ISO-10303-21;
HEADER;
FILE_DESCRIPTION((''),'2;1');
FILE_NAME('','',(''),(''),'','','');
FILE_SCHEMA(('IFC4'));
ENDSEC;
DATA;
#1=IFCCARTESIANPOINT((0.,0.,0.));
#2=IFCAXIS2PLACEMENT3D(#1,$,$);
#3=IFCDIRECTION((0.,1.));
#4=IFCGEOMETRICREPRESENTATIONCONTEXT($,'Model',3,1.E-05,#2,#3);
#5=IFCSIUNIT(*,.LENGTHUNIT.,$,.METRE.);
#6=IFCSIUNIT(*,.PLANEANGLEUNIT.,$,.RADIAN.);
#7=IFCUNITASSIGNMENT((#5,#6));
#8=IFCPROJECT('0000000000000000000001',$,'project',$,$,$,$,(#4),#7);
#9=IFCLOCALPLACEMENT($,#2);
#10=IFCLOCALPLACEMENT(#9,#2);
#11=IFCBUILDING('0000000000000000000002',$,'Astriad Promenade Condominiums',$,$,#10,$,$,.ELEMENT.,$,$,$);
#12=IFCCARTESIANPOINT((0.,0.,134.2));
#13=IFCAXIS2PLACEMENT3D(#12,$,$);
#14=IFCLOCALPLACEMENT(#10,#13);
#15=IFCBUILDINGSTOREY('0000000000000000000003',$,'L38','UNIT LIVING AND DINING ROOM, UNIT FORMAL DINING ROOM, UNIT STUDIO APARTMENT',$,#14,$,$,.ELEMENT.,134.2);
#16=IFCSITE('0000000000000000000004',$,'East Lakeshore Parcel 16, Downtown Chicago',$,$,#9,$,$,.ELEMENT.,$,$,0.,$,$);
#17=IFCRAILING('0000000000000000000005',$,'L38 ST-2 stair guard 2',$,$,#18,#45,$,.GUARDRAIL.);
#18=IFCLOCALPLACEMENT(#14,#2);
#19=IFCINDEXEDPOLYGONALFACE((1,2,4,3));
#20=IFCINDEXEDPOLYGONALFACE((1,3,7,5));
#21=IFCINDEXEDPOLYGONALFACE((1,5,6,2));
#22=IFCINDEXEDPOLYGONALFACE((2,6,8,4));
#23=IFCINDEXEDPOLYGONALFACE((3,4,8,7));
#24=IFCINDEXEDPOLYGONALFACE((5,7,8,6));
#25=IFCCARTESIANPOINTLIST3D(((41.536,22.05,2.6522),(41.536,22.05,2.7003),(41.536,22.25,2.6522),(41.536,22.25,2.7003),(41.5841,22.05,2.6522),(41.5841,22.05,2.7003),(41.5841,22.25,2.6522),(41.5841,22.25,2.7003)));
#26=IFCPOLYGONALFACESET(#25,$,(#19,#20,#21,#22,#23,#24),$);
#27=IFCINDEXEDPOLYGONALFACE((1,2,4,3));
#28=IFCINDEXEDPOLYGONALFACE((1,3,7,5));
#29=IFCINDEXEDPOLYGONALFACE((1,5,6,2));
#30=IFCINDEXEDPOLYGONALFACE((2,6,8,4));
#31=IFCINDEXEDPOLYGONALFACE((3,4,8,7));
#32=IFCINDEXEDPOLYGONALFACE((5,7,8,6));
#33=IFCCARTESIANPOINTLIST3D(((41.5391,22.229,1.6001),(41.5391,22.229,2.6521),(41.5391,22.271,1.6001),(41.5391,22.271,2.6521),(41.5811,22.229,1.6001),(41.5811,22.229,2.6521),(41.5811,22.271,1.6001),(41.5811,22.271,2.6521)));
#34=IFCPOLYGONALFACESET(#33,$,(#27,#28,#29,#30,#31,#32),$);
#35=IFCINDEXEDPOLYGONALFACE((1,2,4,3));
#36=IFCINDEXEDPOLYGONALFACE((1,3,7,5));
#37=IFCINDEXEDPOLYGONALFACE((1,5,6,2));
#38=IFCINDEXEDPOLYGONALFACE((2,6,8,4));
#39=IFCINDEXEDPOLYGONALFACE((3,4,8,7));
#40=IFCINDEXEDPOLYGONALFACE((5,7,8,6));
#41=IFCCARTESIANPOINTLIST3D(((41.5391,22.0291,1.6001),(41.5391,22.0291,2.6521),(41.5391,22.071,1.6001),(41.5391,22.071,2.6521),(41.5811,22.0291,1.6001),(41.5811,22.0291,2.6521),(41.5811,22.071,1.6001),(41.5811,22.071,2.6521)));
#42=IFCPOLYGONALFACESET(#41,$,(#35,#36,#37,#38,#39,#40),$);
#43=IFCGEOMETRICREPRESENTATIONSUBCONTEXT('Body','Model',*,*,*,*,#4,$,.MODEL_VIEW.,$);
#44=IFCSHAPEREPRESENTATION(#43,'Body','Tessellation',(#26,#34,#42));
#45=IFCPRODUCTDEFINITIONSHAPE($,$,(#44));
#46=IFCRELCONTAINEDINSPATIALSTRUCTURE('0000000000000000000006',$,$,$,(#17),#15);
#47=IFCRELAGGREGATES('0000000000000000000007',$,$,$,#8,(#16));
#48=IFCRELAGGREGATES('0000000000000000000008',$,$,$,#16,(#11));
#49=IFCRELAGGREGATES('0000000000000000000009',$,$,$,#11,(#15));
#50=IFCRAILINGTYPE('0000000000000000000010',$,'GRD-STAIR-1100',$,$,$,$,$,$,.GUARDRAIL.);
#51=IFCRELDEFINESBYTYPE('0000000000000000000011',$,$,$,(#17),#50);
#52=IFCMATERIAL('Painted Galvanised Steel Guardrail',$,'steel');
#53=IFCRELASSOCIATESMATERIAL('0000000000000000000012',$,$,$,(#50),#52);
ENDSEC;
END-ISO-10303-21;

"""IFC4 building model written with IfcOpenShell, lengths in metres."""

from ifc_helpers import new_model, si_unit, direction, frame, origin, origin_2d, place, context, subcontext, project, spatial, rectangle, extrude, source, transform, mapped, material, type_object, element, save


model = new_model("IFC4")

# Units and contexts
model_context = context("Model", 3, precision=1e-05, world=origin(), true_north=direction((0.0, 1.0)))
body_context = subcontext(model_context, "Body", "Model", "MODEL_VIEW")
ifc_project = project(units=[si_unit("LENGTHUNIT", "METRE"), si_unit("PLANEANGLEUNIT", "RADIAN")], contexts=[model_context])

# Site, building, storey
site_placement = place(None, origin())
site = spatial("IfcSite", under=ifc_project, at=site_placement, Name="East Lakeshore Parcel 16, Downtown Chicago", CompositionType="ELEMENT", RefElevation=0.0)
building_placement = place(site_placement, origin())
building = spatial("IfcBuilding", under=site, at=building_placement, Name="Astriad Promenade Condominiums", CompositionType="ELEMENT")
storey_placement = place(building_placement, frame((0.0, 0.0, 134.2)))
storey = spatial("IfcBuildingStorey", under=building, at=storey_placement, Name="L38", Description="UNIT LIVING AND DINING ROOM, UNIT FORMAL DINING ROOM, UNIT STUDIO APARTMENT", CompositionType="ELEMENT", Elevation=134.2)

# Railing
ifc_material_1 = material(Name="Painted Galvanised Steel Guardrail", Category="steel")
railing_type_1 = type_object("IfcRailingType", Name="GRD-STAIR-1100", PredefinedType="GUARDRAIL", material=ifc_material_1)
shared_shape_1 = source(origin(), body_context, "Body", "SweptSolid", [
    extrude(rectangle(XDim=0.0481, YDim=0.0481, at=origin_2d()), frame((0.0, 0.0, 1.0762), z_axis=(0.0, -1.0, 0.0), x_axis=(1.0, 0.0, 0.0)), (0.0, 0.0, 1.0), 0.2),
    extrude(rectangle(XDim=0.042, YDim=0.042, at=origin_2d()), origin(), (0.0, 0.0, 1.0), 1.052),
    extrude(rectangle(XDim=0.042, YDim=0.042, at=origin_2d()), frame((0.0, -0.2, 0.0)), (0.0, 0.0, 1.0), 1.052),
])
railing_1_placement = place(storey_placement, frame((41.5601, 22.25, 1.6001)))
element("IfcRailing", 1, at=railing_1_placement, inside=storey, type_object=railing_type_1, Name="L38 ST-2 stair guard 2", PredefinedType="GUARDRAIL", context=body_context, shape_type="MappedRepresentation", body=[
    mapped(shared_shape_1, transform((0.0, 0.0, 0.0), scale=1.0)),
])

save(model, "model.ifc")
